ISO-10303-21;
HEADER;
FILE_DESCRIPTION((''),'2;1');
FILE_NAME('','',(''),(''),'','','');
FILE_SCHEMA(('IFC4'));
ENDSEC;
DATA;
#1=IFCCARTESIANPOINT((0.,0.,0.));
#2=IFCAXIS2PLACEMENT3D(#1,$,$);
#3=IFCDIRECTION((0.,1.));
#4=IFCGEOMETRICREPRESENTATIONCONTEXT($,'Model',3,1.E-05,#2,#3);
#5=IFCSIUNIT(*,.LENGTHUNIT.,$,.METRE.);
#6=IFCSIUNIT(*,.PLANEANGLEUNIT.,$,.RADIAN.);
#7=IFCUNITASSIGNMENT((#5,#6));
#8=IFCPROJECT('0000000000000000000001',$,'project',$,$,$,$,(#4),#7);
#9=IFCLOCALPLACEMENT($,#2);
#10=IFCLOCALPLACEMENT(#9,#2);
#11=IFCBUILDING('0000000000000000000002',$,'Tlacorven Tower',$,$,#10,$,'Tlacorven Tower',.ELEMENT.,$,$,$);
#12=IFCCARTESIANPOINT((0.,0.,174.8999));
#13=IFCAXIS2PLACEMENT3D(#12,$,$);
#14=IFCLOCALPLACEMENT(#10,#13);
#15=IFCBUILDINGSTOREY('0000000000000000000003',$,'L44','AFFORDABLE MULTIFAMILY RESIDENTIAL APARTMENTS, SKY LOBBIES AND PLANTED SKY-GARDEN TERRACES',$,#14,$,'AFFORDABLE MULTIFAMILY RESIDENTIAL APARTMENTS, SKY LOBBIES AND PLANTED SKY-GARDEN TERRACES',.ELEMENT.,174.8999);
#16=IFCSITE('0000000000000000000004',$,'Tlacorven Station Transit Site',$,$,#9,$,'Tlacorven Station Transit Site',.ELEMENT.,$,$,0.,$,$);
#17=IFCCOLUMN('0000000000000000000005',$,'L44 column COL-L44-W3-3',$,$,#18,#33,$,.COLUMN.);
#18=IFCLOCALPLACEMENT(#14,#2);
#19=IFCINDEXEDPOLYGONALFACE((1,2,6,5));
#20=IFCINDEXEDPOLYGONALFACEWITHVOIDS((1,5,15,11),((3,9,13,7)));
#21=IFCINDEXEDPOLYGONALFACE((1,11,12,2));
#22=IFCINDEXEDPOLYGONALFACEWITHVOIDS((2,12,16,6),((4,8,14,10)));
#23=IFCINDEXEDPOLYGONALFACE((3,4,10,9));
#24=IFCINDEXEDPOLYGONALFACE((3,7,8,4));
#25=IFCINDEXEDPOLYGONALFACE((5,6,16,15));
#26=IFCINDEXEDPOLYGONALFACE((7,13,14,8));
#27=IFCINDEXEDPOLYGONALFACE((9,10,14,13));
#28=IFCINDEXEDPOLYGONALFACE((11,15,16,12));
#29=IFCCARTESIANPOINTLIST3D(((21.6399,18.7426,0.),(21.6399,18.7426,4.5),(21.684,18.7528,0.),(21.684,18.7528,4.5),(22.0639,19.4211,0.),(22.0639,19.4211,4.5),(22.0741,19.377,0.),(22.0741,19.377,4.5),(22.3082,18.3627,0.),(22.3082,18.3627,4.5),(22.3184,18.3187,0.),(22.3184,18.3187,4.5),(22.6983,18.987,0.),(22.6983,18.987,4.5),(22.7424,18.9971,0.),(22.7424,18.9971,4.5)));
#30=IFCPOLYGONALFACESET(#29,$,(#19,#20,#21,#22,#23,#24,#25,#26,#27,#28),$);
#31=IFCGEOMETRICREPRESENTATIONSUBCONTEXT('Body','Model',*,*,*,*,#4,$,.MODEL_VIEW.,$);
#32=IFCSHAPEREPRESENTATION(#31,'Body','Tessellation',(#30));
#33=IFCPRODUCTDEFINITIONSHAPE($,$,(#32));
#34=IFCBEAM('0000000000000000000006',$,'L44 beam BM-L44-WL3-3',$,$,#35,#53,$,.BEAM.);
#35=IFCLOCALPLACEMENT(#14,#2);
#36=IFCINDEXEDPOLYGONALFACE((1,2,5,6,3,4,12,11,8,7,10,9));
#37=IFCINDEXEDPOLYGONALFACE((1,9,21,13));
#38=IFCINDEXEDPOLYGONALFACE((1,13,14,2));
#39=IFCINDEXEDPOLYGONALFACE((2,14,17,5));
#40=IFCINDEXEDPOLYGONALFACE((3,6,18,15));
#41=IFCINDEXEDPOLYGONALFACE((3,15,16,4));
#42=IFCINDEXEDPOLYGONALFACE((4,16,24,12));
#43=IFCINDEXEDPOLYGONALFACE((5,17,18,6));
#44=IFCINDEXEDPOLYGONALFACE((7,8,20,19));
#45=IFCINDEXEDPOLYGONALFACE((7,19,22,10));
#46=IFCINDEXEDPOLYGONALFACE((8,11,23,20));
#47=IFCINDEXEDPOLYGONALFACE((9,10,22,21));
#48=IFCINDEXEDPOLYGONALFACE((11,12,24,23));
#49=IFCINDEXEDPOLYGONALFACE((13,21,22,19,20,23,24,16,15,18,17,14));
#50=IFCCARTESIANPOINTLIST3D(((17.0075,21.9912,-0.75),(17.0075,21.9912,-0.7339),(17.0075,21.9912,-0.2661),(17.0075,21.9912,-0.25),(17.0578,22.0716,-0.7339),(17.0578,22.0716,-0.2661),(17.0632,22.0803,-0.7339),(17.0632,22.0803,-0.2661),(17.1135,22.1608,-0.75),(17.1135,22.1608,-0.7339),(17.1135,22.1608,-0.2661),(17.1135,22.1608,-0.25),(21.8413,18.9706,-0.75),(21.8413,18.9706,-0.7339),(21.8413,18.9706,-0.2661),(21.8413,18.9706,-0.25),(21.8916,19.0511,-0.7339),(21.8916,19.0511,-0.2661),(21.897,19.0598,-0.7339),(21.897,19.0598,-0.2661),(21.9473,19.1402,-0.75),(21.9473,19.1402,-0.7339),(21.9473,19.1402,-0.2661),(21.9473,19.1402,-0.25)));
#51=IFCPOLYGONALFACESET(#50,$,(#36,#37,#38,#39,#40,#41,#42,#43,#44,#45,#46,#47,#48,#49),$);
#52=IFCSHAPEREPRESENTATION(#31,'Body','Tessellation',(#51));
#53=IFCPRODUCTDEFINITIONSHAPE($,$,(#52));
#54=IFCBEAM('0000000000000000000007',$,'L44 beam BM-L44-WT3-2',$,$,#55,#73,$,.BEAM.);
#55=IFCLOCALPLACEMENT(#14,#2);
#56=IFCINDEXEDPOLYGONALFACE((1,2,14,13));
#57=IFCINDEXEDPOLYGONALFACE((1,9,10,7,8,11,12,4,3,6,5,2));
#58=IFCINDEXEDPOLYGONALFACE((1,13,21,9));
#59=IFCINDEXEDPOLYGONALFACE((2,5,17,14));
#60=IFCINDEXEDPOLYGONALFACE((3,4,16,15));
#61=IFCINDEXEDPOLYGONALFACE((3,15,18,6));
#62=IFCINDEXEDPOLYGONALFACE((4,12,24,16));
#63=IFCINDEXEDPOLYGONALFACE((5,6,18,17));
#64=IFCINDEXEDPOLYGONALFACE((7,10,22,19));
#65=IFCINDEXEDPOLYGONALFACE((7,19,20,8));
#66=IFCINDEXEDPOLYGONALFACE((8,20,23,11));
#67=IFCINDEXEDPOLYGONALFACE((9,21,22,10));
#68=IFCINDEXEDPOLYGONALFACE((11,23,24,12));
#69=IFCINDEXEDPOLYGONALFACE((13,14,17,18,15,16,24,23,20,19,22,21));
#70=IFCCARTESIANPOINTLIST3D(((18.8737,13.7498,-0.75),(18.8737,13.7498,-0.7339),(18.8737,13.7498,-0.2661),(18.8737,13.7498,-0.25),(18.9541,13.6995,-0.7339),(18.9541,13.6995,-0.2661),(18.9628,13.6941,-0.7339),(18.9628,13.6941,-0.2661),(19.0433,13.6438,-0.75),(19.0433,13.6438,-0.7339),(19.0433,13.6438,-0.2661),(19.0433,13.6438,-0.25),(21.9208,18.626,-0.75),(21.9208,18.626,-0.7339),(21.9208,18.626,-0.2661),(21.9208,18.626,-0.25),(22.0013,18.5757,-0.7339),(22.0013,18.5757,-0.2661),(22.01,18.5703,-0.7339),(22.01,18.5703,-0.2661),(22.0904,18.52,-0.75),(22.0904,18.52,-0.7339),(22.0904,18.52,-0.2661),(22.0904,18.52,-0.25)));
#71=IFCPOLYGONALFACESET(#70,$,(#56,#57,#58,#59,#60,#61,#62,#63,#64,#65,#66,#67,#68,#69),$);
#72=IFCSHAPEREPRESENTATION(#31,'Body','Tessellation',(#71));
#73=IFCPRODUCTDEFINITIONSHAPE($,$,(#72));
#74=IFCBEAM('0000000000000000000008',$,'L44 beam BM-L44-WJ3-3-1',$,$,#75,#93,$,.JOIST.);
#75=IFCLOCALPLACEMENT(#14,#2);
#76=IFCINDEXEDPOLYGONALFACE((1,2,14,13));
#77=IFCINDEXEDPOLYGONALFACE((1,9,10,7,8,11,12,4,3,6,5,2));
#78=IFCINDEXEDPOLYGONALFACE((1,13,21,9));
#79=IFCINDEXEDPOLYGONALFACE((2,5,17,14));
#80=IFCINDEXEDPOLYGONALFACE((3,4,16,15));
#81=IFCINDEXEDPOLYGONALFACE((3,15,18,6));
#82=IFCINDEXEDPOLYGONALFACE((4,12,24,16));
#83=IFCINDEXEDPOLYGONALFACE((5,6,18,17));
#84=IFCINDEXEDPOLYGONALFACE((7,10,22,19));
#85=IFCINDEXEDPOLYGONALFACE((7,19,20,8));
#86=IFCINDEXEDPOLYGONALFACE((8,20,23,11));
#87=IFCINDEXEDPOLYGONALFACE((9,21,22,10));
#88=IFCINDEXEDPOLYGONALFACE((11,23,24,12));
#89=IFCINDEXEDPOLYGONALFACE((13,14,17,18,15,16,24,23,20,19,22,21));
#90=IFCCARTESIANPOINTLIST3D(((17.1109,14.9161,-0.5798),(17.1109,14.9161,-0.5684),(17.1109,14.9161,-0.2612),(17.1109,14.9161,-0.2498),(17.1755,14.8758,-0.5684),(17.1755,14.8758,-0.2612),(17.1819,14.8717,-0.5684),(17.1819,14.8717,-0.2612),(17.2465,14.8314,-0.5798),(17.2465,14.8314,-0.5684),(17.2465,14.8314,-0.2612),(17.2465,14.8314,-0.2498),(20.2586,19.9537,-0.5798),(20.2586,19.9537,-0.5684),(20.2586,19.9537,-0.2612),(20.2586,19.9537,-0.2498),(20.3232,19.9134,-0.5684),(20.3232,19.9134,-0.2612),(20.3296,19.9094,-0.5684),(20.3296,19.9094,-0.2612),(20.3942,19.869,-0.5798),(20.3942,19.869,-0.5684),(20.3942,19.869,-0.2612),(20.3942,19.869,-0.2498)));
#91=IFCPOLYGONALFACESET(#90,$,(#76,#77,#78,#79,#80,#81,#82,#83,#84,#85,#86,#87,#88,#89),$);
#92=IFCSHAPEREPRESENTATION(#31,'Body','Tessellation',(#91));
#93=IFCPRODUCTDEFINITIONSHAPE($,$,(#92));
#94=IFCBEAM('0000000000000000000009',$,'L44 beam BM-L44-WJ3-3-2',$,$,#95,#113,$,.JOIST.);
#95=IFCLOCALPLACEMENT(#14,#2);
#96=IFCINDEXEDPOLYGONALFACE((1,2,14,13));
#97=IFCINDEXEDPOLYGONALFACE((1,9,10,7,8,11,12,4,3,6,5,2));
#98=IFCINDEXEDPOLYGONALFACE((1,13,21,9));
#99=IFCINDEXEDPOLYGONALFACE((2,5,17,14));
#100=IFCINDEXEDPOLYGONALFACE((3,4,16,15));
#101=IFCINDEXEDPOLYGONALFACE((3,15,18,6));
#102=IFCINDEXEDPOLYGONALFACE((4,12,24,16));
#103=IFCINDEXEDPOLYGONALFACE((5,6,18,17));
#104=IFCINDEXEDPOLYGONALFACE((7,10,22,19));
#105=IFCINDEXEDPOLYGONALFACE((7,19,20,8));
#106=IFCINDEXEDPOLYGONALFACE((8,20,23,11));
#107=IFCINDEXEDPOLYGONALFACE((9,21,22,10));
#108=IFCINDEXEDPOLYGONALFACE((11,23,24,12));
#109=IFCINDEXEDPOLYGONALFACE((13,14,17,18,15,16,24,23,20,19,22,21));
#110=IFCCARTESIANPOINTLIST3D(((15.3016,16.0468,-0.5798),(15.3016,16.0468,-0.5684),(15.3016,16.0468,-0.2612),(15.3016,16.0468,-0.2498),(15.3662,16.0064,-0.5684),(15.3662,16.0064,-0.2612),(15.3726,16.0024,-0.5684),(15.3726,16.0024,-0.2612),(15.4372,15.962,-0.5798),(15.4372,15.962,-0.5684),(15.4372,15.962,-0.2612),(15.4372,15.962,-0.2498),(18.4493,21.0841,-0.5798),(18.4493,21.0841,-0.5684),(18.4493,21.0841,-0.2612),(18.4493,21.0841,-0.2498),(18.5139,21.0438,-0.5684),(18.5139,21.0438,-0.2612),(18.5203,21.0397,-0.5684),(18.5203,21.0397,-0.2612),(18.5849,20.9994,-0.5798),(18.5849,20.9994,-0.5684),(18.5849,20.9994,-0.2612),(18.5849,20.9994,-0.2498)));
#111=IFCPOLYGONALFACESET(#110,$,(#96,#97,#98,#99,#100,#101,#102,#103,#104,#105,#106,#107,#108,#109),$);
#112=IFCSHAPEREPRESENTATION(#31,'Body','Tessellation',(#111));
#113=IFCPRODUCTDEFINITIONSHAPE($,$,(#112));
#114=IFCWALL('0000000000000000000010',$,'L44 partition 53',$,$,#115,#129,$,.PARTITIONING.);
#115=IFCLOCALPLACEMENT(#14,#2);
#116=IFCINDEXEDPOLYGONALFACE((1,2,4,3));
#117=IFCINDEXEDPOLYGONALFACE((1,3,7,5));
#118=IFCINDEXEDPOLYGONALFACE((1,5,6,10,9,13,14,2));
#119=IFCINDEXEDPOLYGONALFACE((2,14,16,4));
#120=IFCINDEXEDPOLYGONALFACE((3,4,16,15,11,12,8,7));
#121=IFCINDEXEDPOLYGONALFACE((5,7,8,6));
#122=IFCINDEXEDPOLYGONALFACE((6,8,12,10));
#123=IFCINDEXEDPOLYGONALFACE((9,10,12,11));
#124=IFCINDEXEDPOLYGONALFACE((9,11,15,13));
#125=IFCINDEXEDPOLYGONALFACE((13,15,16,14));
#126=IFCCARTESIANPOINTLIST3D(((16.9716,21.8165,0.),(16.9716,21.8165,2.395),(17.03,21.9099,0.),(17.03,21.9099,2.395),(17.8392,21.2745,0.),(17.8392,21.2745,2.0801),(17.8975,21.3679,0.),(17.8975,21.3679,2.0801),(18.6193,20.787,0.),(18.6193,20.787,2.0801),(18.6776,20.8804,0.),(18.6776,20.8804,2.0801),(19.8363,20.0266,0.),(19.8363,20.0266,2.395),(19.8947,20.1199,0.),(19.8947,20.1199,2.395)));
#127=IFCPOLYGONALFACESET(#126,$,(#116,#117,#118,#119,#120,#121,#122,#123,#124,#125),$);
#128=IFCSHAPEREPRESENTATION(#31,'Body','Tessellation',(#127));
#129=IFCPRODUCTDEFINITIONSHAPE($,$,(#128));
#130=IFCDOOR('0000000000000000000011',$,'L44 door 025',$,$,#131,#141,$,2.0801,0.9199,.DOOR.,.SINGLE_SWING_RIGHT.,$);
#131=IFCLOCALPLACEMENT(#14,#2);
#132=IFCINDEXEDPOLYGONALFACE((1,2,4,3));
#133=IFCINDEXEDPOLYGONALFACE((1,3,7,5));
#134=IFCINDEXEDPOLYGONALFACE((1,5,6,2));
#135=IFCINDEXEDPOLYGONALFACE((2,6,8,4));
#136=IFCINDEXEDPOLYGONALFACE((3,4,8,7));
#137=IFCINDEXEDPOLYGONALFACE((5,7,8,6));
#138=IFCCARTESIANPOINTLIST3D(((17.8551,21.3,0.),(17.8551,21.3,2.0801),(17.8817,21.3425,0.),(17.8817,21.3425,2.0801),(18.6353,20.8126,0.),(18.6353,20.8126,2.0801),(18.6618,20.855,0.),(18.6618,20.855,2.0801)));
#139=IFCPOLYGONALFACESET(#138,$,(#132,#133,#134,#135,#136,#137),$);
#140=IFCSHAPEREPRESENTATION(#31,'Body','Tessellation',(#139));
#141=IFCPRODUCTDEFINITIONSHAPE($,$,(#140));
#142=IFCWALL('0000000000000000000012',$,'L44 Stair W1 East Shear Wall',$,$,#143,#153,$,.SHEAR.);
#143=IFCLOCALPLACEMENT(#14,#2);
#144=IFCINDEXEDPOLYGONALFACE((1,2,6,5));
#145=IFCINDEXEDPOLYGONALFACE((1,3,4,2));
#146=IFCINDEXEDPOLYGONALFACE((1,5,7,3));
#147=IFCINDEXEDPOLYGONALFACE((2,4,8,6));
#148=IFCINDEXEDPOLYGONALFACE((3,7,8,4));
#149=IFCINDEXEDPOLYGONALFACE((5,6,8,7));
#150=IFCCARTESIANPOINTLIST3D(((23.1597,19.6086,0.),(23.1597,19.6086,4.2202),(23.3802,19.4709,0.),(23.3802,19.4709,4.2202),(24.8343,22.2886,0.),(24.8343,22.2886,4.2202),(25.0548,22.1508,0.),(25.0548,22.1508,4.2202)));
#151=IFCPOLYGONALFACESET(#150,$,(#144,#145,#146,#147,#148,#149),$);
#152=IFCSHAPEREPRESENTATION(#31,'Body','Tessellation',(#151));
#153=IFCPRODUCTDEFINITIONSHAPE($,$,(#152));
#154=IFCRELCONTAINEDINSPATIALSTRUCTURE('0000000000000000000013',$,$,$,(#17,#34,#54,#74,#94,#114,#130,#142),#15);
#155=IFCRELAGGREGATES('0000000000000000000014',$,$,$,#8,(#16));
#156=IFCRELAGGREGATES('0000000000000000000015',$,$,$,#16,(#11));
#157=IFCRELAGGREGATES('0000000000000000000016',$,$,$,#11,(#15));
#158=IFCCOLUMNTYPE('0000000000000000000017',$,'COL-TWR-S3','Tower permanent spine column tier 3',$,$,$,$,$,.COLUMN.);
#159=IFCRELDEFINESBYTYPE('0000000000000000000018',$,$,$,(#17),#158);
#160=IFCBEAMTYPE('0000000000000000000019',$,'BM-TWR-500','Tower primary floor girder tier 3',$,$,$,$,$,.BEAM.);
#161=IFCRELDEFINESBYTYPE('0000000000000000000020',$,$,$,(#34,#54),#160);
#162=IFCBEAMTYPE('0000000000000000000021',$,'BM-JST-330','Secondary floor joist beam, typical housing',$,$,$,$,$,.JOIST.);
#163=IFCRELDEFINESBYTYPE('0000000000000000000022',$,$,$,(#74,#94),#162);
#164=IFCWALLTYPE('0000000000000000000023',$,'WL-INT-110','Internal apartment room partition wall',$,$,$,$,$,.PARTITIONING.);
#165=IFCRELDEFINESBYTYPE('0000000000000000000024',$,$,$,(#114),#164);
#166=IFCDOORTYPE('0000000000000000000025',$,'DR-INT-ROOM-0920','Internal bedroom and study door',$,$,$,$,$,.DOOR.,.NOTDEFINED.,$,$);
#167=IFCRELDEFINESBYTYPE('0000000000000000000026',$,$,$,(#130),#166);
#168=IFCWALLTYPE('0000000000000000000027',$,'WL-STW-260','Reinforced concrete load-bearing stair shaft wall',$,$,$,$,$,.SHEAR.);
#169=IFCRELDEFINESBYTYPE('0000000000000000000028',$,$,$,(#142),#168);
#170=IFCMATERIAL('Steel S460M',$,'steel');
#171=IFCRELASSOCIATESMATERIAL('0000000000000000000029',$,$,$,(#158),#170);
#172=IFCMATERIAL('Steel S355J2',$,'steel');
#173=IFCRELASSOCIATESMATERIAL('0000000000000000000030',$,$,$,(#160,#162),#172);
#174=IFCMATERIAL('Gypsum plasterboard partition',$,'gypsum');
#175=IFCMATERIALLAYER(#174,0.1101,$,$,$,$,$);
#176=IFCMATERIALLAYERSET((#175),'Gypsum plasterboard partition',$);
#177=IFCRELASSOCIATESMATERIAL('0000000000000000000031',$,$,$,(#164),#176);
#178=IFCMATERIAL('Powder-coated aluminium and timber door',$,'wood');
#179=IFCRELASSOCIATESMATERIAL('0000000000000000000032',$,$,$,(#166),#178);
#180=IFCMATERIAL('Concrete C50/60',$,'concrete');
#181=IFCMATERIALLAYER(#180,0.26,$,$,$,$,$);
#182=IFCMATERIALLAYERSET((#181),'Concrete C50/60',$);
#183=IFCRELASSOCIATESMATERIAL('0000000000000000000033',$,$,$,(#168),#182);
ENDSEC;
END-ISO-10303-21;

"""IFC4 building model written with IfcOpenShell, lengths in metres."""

from ifc_helpers import new_model, si_unit, direction, frame, frame_2d, origin, origin_2d, place, context, subcontext, project, spatial, rectangle, hollow_rectangle, i_section, extrude, source, transform, mapped, material, layer, layer_set, material_profile, profile_set, type_object, element, fill, save


model = new_model("IFC4")

# Units and contexts
model_context = context("Model", 3, precision=1e-05, world=origin(), true_north=direction((0.0, 1.0)))
body_context = subcontext(model_context, "Body", "Model", "MODEL_VIEW")
ifc_project = project(units=[si_unit("LENGTHUNIT", "METRE"), si_unit("PLANEANGLEUNIT", "RADIAN")], contexts=[model_context])

# Site, building, storey
site_placement = place(None, origin())
site = spatial("IfcSite", under=ifc_project, at=site_placement, Name="Tlacorven Station Transit Site", LongName="Tlacorven Station Transit Site", CompositionType="ELEMENT", RefElevation=0.0)
building_placement = place(site_placement, origin())
building = spatial("IfcBuilding", under=site, at=building_placement, Name="Tlacorven Tower", LongName="Tlacorven Tower", CompositionType="ELEMENT")
storey_placement = place(building_placement, frame((0.0, 0.0, 174.8999)))
storey = spatial("IfcBuildingStorey", under=building, at=storey_placement, Name="L44", Description="AFFORDABLE MULTIFAMILY RESIDENTIAL APARTMENTS, SKY LOBBIES AND PLANTED SKY-GARDEN TERRACES", LongName="AFFORDABLE MULTIFAMILY RESIDENTIAL APARTMENTS, SKY LOBBIES AND PLANTED SKY-GARDEN TERRACES", CompositionType="ELEMENT", Elevation=174.8999)

# Column
ifc_material_1 = material(Name="Steel S460M", Category="steel")
ifc_material_profile_1 = material_profile(ifc_material_1, hollow_rectangle(XDim=0.8, YDim=0.8, WallThickness=0.032, at=origin_2d()), Name="BOX 800X800X32")
ifc_profile_set_1 = profile_set([ifc_material_profile_1], Name="Steel S460M")
column_type = type_object("IfcColumnType", Name="COL-TWR-S3", Description="Tower permanent spine column tier 3", PredefinedType="COLUMN", material=ifc_profile_set_1)
shared_shape_1 = source(origin(), body_context, "Body", "SweptSolid", [
    extrude(hollow_rectangle(XDim=0.8, YDim=0.8, WallThickness=0.032, at=origin_2d()), origin(), (0.0, 0.0, 1.0), 4.5),
])
column_placement = place(storey_placement, frame((22.1912, 18.8699, 0.0), z_axis=(0.0, 0.0, 1.0), x_axis=(-0.848048, 0.529919, 0.0)))
element("IfcColumn", 1, at=column_placement, inside=storey, type_object=column_type, Name="L44 column COL-L44-W3-3", PredefinedType="COLUMN", context=body_context, shape_type="MappedRepresentation", body=[
    mapped(shared_shape_1, transform((0.0, 0.0, 0.0), scale=1.0)),
])

# Beams
ifc_material_2 = material(Name="Steel S355J2", Category="steel")
ifc_material_profile_2 = material_profile(ifc_material_2, i_section(OverallWidth=0.2, OverallDepth=0.5, WebThickness=0.0103, FlangeThickness=0.0161, at=origin_2d()), Name="IPE 500")
ifc_profile_set_2 = profile_set([ifc_material_profile_2], Name="Steel S355J2")
beam_type_1 = type_object("IfcBeamType", Name="BM-TWR-500", Description="Tower primary floor girder tier 3", PredefinedType="BEAM", material=ifc_profile_set_2)
shared_shape_2 = source(origin(), body_context, "Body", "SweptSolid", [
    extrude(i_section(OverallWidth=0.2, OverallDepth=0.5, WebThickness=0.0103, FlangeThickness=0.0161, at=origin_2d()), origin(), (0.0, 0.0, 1.0), 5.7),
])
beam_1_placement = place(storey_placement, frame((21.8943, 19.0554, -0.5), z_axis=(-0.848044, 0.529926, 0.0), x_axis=(-0.529926, -0.848044, 0.0)))
element("IfcBeam", 2, at=beam_1_placement, inside=storey, type_object=beam_type_1, Name="L44 beam BM-L44-WL3-3", PredefinedType="BEAM", context=body_context, shape_type="MappedRepresentation", body=[
    mapped(shared_shape_2, transform((0.0, 0.0, 0.0), scale=1.0)),
])
shared_shape_3 = source(origin(), body_context, "Body", "SweptSolid", [
    extrude(i_section(OverallWidth=0.2, OverallDepth=0.5, WebThickness=0.0103, FlangeThickness=0.0161, at=origin_2d()), origin(), (0.0, 0.0, 1.0), 5.75),
])
beam_2_placement = place(storey_placement, frame((22.0056, 18.573, -0.5), z_axis=(-0.529934, -0.848039, 0.0), x_axis=(0.848039, -0.529934, 0.0)))
element("IfcBeam", 3, at=beam_2_placement, inside=storey, type_object=beam_type_1, Name="L44 beam BM-L44-WT3-2", PredefinedType="BEAM", context=body_context, shape_type="MappedRepresentation", body=[
    mapped(shared_shape_3, transform((0.0, 0.0, 0.0), scale=1.0)),
])
ifc_material_profile_3 = material_profile(ifc_material_2, i_section(OverallWidth=0.1599, OverallDepth=0.3301, WebThickness=0.0076, FlangeThickness=0.0115, at=origin_2d()), Name="IPE 330")
ifc_profile_set_3 = profile_set([ifc_material_profile_3], Name="Steel S355J2")
beam_type_2 = type_object("IfcBeamType", Name="BM-JST-330", Description="Secondary floor joist beam, typical housing", PredefinedType="JOIST", material=ifc_profile_set_3)
shared_shape_4 = source(origin(), body_context, "Body", "SweptSolid", [
    extrude(i_section(OverallWidth=0.1599, OverallDepth=0.3301, WebThickness=0.0076, FlangeThickness=0.0115, at=origin_2d()), origin(), (0.0, 0.0, 1.0), 5.9402),
])
beam_3_placement = place(storey_placement, frame((20.3264, 19.9114, -0.4148), z_axis=(-0.529903, -0.848058, 0.0), x_axis=(0.848058, -0.529903, 0.0)))
element("IfcBeam", 4, at=beam_3_placement, inside=storey, type_object=beam_type_2, Name="L44 beam BM-L44-WJ3-3-1", PredefinedType="JOIST", context=body_context, shape_type="MappedRepresentation", body=[
    mapped(shared_shape_4, transform((0.0, 0.0, 0.0), scale=1.0)),
])
shared_shape_5 = source(origin(), body_context, "Body", "SweptSolid", [
    extrude(i_section(OverallWidth=0.1599, OverallDepth=0.3301, WebThickness=0.0076, FlangeThickness=0.0115, at=origin_2d()), origin(), (0.0, 0.0, 1.0), 5.9399),
])
beam_4_placement = place(storey_placement, frame((18.5171, 21.0417, -0.4148), z_axis=(-0.529921, -0.848047, 0.0), x_axis=(0.848047, -0.529921, 0.0)))
element("IfcBeam", 5, at=beam_4_placement, inside=storey, type_object=beam_type_2, Name="L44 beam BM-L44-WJ3-3-2", PredefinedType="JOIST", context=body_context, shape_type="MappedRepresentation", body=[
    mapped(shared_shape_5, transform((0.0, 0.0, 0.0), scale=1.0)),
])

# Wall, opening, door
ifc_material_3 = material(Name="Gypsum plasterboard partition", Category="gypsum")
ifc_layer_1 = layer(ifc_material_3, 0.1101)
ifc_layer_set_1 = layer_set([ifc_layer_1], Name="Gypsum plasterboard partition")
wall_type_1 = type_object("IfcWallType", Name="WL-INT-110", Description="Internal apartment room partition wall", PredefinedType="PARTITIONING", material=ifc_layer_set_1)
wall_1_placement = place(storey_placement, frame((19.8655, 20.0732, 0.0), z_axis=(0.0, 0.0, 1.0), x_axis=(-0.848055, 0.529908, 0.0)))
wall_1 = element("IfcWall", 6, at=wall_1_placement, inside=storey, type_object=wall_type_1, Name="L44 partition 53", PredefinedType="PARTITIONING", context=body_context, shape_type="SweptSolid", body=[
    extrude(rectangle(XDim=3.3779, YDim=0.1101, at=frame_2d((1.689, 0.0))), origin(), (0.0, 0.0, 1.0), 2.395),
])
opening_placement = place(wall_1_placement, frame((1.4351, 0.0, 0.0)))
opening = element("IfcOpeningElement", 7, at=opening_placement, cuts=wall_1, PredefinedType="OPENING", context=body_context, shape_type="SweptSolid", body=[
    extrude(rectangle(XDim=0.9199, YDim=2.0801, at=frame_2d((0.46, 1.04))), frame((0.0, 0.0649, 0.0), z_axis=(0.0, -1.0, 0.0), x_axis=(1.0, 0.0, 0.0)), (0.0, 0.0, 1.0), 0.1301),
])
ifc_material_4 = material(Name="Powder-coated aluminium and timber door", Category="wood")
door_type = type_object("IfcDoorType", Name="DR-INT-ROOM-0920", Description="Internal bedroom and study door", OperationType="NOTDEFINED", PredefinedType="DOOR", material=ifc_material_4)
shared_shape_6 = source(origin(), body_context, "Body", "SweptSolid", [
    extrude(rectangle(XDim=0.9199, YDim=2.0801, at=frame_2d((0.46, 1.04))), frame((0.0, 0.0249, 0.0), z_axis=(0.0, -1.0, 0.0), x_axis=(1.0, 0.0, 0.0)), (0.0, 0.0, 1.0), 0.05),
])
door_placement = place(opening_placement, origin())
door = element("IfcDoor", 8, at=door_placement, inside=storey, type_object=door_type, Name="L44 door 025", OperationType="SINGLE_SWING_RIGHT", OverallHeight=2.0801, OverallWidth=0.9199, PredefinedType="DOOR", context=body_context, shape_type="MappedRepresentation", body=[
    mapped(shared_shape_6, transform((0.0, 0.0, 0.0), scale=1.0)),
])
fill(opening, door)

# Wall
ifc_material_5 = material(Name="Concrete C50/60", Category="concrete")
ifc_layer_2 = layer(ifc_material_5, 0.26)
ifc_layer_set_2 = layer_set([ifc_layer_2], Name="Concrete C50/60")
wall_type_2 = type_object("IfcWallType", Name="WL-STW-260", Description="Reinforced concrete load-bearing stair shaft wall", PredefinedType="SHEAR", material=ifc_layer_set_2)
wall_2_placement = place(storey_placement, frame((24.9446, 22.2197, 0.0), z_axis=(0.0, 0.0, 1.0), x_axis=(-0.529909, -0.848055, 0.0)))
element("IfcWall", 9, at=wall_2_placement, inside=storey, type_object=wall_type_2, Name="L44 Stair W1 East Shear Wall", PredefinedType="SHEAR", context=body_context, shape_type="SweptSolid", body=[
    extrude(rectangle(XDim=3.1602, YDim=0.26, at=frame_2d((1.5801, 0.0))), origin(), (0.0, 0.0, 1.0), 4.2202),
])

save(model, "model.ifc")
